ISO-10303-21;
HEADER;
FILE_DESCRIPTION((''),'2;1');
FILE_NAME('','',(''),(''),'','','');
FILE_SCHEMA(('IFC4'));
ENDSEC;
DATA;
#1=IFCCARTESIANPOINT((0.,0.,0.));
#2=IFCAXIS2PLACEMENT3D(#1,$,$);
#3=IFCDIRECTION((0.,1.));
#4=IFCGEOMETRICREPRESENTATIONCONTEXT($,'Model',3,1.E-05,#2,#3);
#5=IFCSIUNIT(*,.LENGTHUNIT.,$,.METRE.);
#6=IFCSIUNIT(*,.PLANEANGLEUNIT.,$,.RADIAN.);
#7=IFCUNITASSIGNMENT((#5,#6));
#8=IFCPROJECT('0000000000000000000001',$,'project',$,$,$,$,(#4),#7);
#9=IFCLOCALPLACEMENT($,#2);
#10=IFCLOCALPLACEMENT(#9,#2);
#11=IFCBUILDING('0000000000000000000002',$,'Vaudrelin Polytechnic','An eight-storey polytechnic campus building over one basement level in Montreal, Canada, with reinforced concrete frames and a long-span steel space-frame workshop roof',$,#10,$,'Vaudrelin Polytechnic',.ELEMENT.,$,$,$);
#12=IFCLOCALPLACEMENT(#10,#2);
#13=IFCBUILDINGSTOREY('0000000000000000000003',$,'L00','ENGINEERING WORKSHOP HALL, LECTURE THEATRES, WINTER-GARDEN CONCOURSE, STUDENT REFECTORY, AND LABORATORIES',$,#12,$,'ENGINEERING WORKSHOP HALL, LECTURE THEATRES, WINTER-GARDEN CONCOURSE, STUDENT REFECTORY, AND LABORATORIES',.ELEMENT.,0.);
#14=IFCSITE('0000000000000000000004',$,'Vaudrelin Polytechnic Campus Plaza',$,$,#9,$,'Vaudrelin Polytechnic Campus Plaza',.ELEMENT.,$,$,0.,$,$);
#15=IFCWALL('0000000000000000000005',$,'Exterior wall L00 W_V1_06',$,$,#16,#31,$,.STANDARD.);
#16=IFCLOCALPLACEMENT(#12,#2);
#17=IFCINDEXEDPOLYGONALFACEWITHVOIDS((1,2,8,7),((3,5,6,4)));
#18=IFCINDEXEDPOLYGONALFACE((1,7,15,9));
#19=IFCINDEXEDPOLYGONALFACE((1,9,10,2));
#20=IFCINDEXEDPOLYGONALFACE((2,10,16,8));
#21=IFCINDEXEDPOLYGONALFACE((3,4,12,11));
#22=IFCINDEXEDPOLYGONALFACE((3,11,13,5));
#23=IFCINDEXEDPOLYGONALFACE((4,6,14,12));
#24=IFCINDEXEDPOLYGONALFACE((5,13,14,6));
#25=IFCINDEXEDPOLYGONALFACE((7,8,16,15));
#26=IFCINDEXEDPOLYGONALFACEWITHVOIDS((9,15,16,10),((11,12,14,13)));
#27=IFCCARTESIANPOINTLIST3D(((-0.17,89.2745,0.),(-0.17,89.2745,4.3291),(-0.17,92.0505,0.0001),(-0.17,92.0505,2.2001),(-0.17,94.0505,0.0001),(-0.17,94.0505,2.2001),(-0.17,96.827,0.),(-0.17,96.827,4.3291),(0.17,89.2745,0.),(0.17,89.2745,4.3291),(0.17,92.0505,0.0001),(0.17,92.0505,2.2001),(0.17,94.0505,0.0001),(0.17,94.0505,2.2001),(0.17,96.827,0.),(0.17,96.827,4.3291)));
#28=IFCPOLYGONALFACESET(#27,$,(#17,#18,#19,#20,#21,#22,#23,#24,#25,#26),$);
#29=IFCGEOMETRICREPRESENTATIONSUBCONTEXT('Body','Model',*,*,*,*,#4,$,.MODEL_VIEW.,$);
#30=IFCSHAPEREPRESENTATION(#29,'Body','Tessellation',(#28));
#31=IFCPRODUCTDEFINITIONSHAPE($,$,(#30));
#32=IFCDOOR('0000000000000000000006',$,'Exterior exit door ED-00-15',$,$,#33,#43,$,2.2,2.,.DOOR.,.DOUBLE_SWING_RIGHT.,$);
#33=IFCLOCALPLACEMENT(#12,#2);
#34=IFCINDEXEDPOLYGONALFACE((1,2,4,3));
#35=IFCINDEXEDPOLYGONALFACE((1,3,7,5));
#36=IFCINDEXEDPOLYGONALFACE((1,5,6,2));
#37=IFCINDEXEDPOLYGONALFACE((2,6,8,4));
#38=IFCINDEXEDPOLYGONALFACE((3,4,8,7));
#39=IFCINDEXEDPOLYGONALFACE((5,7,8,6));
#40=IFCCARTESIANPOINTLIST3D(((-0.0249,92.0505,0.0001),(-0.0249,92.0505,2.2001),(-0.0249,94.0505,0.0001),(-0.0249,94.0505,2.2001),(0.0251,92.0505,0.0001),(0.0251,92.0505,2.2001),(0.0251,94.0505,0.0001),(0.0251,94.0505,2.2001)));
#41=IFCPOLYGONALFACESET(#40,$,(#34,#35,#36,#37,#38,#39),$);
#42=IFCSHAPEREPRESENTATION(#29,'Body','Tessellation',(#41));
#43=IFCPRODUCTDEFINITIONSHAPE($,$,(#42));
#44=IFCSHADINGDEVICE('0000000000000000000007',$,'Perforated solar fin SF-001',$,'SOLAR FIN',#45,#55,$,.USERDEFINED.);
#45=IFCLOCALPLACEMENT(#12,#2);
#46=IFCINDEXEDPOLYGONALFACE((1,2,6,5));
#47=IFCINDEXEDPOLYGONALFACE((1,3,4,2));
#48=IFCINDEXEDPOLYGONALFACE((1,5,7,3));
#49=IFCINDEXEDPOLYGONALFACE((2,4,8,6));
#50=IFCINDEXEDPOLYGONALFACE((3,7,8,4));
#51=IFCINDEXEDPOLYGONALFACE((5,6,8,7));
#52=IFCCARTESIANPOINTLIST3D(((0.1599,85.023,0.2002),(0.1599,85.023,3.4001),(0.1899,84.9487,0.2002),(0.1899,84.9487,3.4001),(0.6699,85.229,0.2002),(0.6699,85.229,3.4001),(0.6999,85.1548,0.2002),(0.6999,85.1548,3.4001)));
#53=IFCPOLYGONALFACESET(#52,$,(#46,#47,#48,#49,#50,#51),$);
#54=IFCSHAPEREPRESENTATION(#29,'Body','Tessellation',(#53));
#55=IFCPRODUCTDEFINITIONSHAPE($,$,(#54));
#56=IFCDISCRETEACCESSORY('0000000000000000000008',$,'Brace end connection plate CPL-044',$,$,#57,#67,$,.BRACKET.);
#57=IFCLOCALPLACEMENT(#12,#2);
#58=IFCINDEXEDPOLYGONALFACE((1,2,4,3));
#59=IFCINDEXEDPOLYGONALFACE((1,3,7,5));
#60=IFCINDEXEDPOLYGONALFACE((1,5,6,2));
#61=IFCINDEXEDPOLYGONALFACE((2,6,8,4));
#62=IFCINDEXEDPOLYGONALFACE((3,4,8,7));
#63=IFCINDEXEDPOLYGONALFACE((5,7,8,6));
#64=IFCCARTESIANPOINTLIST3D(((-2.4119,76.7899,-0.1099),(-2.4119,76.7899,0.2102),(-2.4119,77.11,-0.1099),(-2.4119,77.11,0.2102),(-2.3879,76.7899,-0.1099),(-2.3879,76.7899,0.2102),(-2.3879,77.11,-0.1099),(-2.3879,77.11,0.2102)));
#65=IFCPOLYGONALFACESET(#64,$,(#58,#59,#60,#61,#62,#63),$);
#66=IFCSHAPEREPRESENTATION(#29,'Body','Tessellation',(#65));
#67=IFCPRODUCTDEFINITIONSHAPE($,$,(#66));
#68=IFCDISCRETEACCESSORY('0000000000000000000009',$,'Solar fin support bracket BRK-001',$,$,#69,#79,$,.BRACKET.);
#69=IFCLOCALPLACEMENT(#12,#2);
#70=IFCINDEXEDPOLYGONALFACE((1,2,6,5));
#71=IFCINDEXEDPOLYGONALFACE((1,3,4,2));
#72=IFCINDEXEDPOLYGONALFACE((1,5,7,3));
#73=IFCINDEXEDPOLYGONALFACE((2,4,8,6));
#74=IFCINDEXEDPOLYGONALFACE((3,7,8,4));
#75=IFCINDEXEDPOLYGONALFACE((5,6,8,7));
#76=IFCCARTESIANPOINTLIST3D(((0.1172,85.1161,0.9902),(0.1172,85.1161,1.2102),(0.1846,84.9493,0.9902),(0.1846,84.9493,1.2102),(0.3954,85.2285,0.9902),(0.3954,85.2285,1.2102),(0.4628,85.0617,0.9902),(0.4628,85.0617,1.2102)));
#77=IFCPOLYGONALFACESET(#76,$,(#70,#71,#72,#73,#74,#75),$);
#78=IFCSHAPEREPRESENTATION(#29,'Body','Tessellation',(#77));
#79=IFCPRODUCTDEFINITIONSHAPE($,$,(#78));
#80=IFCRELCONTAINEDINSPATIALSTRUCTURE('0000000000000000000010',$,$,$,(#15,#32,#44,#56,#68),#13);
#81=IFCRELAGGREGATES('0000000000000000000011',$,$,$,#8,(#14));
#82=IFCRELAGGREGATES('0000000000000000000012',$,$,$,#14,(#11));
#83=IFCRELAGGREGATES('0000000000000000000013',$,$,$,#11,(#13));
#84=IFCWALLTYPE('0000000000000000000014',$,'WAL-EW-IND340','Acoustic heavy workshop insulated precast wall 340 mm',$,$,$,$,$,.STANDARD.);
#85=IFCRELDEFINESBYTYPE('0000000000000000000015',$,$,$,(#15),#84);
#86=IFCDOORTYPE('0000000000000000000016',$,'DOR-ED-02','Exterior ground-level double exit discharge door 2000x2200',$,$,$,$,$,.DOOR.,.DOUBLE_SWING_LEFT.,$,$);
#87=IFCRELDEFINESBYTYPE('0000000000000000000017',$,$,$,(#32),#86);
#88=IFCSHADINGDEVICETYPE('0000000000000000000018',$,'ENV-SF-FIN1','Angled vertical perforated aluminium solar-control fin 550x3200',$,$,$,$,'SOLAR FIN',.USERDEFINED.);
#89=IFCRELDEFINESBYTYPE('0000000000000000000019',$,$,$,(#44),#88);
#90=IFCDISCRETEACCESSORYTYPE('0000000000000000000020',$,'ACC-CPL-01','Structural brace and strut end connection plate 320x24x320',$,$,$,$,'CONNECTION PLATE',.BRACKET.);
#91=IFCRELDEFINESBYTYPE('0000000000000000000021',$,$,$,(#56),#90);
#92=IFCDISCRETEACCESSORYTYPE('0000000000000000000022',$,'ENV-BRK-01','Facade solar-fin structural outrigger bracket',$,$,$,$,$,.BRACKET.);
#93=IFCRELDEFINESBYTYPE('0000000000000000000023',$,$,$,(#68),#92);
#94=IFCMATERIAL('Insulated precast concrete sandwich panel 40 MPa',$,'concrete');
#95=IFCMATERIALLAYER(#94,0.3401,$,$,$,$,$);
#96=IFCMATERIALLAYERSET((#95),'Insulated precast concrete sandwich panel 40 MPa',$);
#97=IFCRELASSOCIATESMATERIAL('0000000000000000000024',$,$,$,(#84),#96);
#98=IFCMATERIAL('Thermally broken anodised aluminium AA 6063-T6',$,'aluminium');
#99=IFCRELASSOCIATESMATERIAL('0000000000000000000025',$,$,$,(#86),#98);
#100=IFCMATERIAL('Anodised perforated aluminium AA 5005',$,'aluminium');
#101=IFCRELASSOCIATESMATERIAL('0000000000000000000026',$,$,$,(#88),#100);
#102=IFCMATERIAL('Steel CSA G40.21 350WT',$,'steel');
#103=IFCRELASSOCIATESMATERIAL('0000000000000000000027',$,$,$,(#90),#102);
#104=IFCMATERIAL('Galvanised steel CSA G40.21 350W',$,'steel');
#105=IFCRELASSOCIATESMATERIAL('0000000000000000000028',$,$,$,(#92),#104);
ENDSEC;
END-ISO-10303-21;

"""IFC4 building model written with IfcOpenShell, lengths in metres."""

from ifc_helpers import new_model, si_unit, direction, frame, frame_2d, origin, origin_2d, place, context, subcontext, project, spatial, rectangle, extrude, material, layer, layer_set, type_object, element, fill, save


model = new_model("IFC4")

# Units and contexts
model_context = context("Model", 3, precision=1e-05, world=origin(), true_north=direction((0.0, 1.0)))
body_context = subcontext(model_context, "Body", "Model", "MODEL_VIEW")
ifc_project = project(units=[si_unit("LENGTHUNIT", "METRE"), si_unit("PLANEANGLEUNIT", "RADIAN")], contexts=[model_context])

# Site, building, storey
site_placement = place(None, origin())
site = spatial("IfcSite", under=ifc_project, at=site_placement, Name="Vaudrelin Polytechnic Campus Plaza", LongName="Vaudrelin Polytechnic Campus Plaza", CompositionType="ELEMENT", RefElevation=0.0)
building_placement = place(site_placement, origin())
building = spatial("IfcBuilding", under=site, at=building_placement, Name="Vaudrelin Polytechnic", Description="An eight-storey polytechnic campus building over one basement level in Montreal, Canada, with reinforced concrete frames and a long-span steel space-frame workshop roof", LongName="Vaudrelin Polytechnic", CompositionType="ELEMENT")
storey_placement = place(building_placement, origin())
storey = spatial("IfcBuildingStorey", under=building, at=storey_placement, Name="L00", Description="ENGINEERING WORKSHOP HALL, LECTURE THEATRES, WINTER-GARDEN CONCOURSE, STUDENT REFECTORY, AND LABORATORIES", LongName="ENGINEERING WORKSHOP HALL, LECTURE THEATRES, WINTER-GARDEN CONCOURSE, STUDENT REFECTORY, AND LABORATORIES", CompositionType="ELEMENT", Elevation=0.0)

# Shared definitions
ifc_material_1 = material(Name="Steel CSA G40.21 350WT", Category="steel")

# Wall, opening, door
ifc_material_2 = material(Name="Insulated precast concrete sandwich panel 40 MPa", Category="concrete")
ifc_layer_1 = layer(ifc_material_2, 0.3401)
ifc_layer_set_1 = layer_set([ifc_layer_1], Name="Insulated precast concrete sandwich panel 40 MPa")
wall_type_1 = type_object("IfcWallType", Name="WAL-EW-IND340", Description="Acoustic heavy workshop insulated precast wall 340 mm", PredefinedType="STANDARD", material=ifc_layer_set_1)
ifc_material_3 = material(Name="Thermally broken anodised aluminium AA 6063-T6", Category="aluminium")
door_type_1 = type_object("IfcDoorType", Name="DOR-ED-02", Description="Exterior ground-level double exit discharge door 2000x2200", OperationType="DOUBLE_SWING_LEFT", PredefinedType="DOOR", material=ifc_material_3)
wall_1_placement = place(storey_placement, frame((0.0, 89.2744, 0.0), z_axis=(0.0, 0.0, 1.0), x_axis=(0.0, 1.0, 0.0)))
wall_1 = element("IfcWall", 1, at=wall_1_placement, inside=storey, type_object=wall_type_1, Name="Exterior wall L00 W_V1_06", PredefinedType="STANDARD", context=body_context, shape_type="SweptSolid", body=[
    extrude(rectangle(XDim=7.5525, YDim=0.3401, at=frame_2d((3.7764, 0.0))), origin(), (0.0, 0.0, 1.0), 4.3291),
])
opening_1_placement = place(wall_1_placement, frame((2.7761, 0.0, 0.0)))
opening_1 = element("IfcOpeningElement", 2, at=opening_1_placement, cuts=wall_1, PredefinedType="OPENING", context=body_context, shape_type="SweptSolid", body=[
    extrude(rectangle(XDim=2.0, YDim=2.2, at=frame_2d((1.0, 1.1001))), frame((0.0, 0.1802, 0.0), z_axis=(0.0, -1.0, 0.0), x_axis=(1.0, 0.0, 0.0)), (0.0, 0.0, 1.0), 0.3601),
])
door_1_placement = place(opening_1_placement, origin())
door_1 = element("IfcDoor", 3, at=door_1_placement, inside=storey, type_object=door_type_1, Name="Exterior exit door ED-00-15", OperationType="DOUBLE_SWING_RIGHT", OverallHeight=2.2, OverallWidth=2.0, PredefinedType="DOOR", context=body_context, shape_type="SweptSolid", body=[
    extrude(rectangle(XDim=2.0, YDim=2.2, at=frame_2d((1.0, 1.1001))), frame((0.0, 0.0249, 0.0), z_axis=(0.0, -1.0, 0.0), x_axis=(1.0, 0.0, 0.0)), (0.0, 0.0, 1.0), 0.05),
])
fill(opening_1, door_1)

# Shading device
ifc_material_4 = material(Name="Anodised perforated aluminium AA 5005", Category="aluminium")
shading_device_type = type_object("IfcShadingDeviceType", Name="ENV-SF-FIN1", Description="Angled vertical perforated aluminium solar-control fin 550x3200", ElementType="SOLAR FIN", PredefinedType="USERDEFINED", material=ifc_material_4)
shading_device_placement = place(storey_placement, frame((0.4299, 85.0889, 0.2002), z_axis=(0.0, 0.0, 1.0), x_axis=(0.927184, 0.374607, 0.0)))
element("IfcShadingDevice", 4, at=shading_device_placement, inside=storey, type_object=shading_device_type, Name="Perforated solar fin SF-001", ObjectType="SOLAR FIN", PredefinedType="USERDEFINED", context=body_context, shape_type="SweptSolid", body=[
    extrude(rectangle(XDim=0.55, YDim=0.0801, at=origin_2d()), origin(), (0.0, 0.0, 1.0), 3.2),
])

# Discrete accessories
discrete_accessory_type_1 = type_object("IfcDiscreteAccessoryType", Name="ACC-CPL-01", Description="Structural brace and strut end connection plate 320x24x320", ElementType="CONNECTION PLATE", PredefinedType="BRACKET", material=ifc_material_1)
discrete_accessory_1_placement = place(storey_placement, frame((-2.3999, 76.95, -0.1099), z_axis=(0.0, 0.0, 1.0), x_axis=(1.0, 0.0, 0.0)))
element("IfcDiscreteAccessory", 5, at=discrete_accessory_1_placement, inside=storey, type_object=discrete_accessory_type_1, Name="Brace end connection plate CPL-044", PredefinedType="BRACKET", context=body_context, shape_type="SweptSolid", body=[
    extrude(rectangle(XDim=0.0239, YDim=0.3201, at=origin_2d()), origin(), (0.0, 0.0, 1.0), 0.3201),
])
ifc_material_5 = material(Name="Galvanised steel CSA G40.21 350W", Category="steel")
discrete_accessory_type_2 = type_object("IfcDiscreteAccessoryType", Name="ENV-BRK-01", Description="Facade solar-fin structural outrigger bracket", PredefinedType="BRACKET", material=ifc_material_5)
discrete_accessory_2_placement = place(storey_placement, frame((0.29, 85.0889, 0.9902), z_axis=(0.0, 0.0, 1.0), x_axis=(0.927184, 0.374607, 0.0)))
element("IfcDiscreteAccessory", 6, at=discrete_accessory_2_placement, inside=storey, type_object=discrete_accessory_type_2, Name="Solar fin support bracket BRK-001", PredefinedType="BRACKET", context=body_context, shape_type="SweptSolid", body=[
    extrude(rectangle(XDim=0.3, YDim=0.1799, at=origin_2d()), origin(), (0.0, 0.0, 1.0), 0.22),
])

save(model, "model.ifc")
